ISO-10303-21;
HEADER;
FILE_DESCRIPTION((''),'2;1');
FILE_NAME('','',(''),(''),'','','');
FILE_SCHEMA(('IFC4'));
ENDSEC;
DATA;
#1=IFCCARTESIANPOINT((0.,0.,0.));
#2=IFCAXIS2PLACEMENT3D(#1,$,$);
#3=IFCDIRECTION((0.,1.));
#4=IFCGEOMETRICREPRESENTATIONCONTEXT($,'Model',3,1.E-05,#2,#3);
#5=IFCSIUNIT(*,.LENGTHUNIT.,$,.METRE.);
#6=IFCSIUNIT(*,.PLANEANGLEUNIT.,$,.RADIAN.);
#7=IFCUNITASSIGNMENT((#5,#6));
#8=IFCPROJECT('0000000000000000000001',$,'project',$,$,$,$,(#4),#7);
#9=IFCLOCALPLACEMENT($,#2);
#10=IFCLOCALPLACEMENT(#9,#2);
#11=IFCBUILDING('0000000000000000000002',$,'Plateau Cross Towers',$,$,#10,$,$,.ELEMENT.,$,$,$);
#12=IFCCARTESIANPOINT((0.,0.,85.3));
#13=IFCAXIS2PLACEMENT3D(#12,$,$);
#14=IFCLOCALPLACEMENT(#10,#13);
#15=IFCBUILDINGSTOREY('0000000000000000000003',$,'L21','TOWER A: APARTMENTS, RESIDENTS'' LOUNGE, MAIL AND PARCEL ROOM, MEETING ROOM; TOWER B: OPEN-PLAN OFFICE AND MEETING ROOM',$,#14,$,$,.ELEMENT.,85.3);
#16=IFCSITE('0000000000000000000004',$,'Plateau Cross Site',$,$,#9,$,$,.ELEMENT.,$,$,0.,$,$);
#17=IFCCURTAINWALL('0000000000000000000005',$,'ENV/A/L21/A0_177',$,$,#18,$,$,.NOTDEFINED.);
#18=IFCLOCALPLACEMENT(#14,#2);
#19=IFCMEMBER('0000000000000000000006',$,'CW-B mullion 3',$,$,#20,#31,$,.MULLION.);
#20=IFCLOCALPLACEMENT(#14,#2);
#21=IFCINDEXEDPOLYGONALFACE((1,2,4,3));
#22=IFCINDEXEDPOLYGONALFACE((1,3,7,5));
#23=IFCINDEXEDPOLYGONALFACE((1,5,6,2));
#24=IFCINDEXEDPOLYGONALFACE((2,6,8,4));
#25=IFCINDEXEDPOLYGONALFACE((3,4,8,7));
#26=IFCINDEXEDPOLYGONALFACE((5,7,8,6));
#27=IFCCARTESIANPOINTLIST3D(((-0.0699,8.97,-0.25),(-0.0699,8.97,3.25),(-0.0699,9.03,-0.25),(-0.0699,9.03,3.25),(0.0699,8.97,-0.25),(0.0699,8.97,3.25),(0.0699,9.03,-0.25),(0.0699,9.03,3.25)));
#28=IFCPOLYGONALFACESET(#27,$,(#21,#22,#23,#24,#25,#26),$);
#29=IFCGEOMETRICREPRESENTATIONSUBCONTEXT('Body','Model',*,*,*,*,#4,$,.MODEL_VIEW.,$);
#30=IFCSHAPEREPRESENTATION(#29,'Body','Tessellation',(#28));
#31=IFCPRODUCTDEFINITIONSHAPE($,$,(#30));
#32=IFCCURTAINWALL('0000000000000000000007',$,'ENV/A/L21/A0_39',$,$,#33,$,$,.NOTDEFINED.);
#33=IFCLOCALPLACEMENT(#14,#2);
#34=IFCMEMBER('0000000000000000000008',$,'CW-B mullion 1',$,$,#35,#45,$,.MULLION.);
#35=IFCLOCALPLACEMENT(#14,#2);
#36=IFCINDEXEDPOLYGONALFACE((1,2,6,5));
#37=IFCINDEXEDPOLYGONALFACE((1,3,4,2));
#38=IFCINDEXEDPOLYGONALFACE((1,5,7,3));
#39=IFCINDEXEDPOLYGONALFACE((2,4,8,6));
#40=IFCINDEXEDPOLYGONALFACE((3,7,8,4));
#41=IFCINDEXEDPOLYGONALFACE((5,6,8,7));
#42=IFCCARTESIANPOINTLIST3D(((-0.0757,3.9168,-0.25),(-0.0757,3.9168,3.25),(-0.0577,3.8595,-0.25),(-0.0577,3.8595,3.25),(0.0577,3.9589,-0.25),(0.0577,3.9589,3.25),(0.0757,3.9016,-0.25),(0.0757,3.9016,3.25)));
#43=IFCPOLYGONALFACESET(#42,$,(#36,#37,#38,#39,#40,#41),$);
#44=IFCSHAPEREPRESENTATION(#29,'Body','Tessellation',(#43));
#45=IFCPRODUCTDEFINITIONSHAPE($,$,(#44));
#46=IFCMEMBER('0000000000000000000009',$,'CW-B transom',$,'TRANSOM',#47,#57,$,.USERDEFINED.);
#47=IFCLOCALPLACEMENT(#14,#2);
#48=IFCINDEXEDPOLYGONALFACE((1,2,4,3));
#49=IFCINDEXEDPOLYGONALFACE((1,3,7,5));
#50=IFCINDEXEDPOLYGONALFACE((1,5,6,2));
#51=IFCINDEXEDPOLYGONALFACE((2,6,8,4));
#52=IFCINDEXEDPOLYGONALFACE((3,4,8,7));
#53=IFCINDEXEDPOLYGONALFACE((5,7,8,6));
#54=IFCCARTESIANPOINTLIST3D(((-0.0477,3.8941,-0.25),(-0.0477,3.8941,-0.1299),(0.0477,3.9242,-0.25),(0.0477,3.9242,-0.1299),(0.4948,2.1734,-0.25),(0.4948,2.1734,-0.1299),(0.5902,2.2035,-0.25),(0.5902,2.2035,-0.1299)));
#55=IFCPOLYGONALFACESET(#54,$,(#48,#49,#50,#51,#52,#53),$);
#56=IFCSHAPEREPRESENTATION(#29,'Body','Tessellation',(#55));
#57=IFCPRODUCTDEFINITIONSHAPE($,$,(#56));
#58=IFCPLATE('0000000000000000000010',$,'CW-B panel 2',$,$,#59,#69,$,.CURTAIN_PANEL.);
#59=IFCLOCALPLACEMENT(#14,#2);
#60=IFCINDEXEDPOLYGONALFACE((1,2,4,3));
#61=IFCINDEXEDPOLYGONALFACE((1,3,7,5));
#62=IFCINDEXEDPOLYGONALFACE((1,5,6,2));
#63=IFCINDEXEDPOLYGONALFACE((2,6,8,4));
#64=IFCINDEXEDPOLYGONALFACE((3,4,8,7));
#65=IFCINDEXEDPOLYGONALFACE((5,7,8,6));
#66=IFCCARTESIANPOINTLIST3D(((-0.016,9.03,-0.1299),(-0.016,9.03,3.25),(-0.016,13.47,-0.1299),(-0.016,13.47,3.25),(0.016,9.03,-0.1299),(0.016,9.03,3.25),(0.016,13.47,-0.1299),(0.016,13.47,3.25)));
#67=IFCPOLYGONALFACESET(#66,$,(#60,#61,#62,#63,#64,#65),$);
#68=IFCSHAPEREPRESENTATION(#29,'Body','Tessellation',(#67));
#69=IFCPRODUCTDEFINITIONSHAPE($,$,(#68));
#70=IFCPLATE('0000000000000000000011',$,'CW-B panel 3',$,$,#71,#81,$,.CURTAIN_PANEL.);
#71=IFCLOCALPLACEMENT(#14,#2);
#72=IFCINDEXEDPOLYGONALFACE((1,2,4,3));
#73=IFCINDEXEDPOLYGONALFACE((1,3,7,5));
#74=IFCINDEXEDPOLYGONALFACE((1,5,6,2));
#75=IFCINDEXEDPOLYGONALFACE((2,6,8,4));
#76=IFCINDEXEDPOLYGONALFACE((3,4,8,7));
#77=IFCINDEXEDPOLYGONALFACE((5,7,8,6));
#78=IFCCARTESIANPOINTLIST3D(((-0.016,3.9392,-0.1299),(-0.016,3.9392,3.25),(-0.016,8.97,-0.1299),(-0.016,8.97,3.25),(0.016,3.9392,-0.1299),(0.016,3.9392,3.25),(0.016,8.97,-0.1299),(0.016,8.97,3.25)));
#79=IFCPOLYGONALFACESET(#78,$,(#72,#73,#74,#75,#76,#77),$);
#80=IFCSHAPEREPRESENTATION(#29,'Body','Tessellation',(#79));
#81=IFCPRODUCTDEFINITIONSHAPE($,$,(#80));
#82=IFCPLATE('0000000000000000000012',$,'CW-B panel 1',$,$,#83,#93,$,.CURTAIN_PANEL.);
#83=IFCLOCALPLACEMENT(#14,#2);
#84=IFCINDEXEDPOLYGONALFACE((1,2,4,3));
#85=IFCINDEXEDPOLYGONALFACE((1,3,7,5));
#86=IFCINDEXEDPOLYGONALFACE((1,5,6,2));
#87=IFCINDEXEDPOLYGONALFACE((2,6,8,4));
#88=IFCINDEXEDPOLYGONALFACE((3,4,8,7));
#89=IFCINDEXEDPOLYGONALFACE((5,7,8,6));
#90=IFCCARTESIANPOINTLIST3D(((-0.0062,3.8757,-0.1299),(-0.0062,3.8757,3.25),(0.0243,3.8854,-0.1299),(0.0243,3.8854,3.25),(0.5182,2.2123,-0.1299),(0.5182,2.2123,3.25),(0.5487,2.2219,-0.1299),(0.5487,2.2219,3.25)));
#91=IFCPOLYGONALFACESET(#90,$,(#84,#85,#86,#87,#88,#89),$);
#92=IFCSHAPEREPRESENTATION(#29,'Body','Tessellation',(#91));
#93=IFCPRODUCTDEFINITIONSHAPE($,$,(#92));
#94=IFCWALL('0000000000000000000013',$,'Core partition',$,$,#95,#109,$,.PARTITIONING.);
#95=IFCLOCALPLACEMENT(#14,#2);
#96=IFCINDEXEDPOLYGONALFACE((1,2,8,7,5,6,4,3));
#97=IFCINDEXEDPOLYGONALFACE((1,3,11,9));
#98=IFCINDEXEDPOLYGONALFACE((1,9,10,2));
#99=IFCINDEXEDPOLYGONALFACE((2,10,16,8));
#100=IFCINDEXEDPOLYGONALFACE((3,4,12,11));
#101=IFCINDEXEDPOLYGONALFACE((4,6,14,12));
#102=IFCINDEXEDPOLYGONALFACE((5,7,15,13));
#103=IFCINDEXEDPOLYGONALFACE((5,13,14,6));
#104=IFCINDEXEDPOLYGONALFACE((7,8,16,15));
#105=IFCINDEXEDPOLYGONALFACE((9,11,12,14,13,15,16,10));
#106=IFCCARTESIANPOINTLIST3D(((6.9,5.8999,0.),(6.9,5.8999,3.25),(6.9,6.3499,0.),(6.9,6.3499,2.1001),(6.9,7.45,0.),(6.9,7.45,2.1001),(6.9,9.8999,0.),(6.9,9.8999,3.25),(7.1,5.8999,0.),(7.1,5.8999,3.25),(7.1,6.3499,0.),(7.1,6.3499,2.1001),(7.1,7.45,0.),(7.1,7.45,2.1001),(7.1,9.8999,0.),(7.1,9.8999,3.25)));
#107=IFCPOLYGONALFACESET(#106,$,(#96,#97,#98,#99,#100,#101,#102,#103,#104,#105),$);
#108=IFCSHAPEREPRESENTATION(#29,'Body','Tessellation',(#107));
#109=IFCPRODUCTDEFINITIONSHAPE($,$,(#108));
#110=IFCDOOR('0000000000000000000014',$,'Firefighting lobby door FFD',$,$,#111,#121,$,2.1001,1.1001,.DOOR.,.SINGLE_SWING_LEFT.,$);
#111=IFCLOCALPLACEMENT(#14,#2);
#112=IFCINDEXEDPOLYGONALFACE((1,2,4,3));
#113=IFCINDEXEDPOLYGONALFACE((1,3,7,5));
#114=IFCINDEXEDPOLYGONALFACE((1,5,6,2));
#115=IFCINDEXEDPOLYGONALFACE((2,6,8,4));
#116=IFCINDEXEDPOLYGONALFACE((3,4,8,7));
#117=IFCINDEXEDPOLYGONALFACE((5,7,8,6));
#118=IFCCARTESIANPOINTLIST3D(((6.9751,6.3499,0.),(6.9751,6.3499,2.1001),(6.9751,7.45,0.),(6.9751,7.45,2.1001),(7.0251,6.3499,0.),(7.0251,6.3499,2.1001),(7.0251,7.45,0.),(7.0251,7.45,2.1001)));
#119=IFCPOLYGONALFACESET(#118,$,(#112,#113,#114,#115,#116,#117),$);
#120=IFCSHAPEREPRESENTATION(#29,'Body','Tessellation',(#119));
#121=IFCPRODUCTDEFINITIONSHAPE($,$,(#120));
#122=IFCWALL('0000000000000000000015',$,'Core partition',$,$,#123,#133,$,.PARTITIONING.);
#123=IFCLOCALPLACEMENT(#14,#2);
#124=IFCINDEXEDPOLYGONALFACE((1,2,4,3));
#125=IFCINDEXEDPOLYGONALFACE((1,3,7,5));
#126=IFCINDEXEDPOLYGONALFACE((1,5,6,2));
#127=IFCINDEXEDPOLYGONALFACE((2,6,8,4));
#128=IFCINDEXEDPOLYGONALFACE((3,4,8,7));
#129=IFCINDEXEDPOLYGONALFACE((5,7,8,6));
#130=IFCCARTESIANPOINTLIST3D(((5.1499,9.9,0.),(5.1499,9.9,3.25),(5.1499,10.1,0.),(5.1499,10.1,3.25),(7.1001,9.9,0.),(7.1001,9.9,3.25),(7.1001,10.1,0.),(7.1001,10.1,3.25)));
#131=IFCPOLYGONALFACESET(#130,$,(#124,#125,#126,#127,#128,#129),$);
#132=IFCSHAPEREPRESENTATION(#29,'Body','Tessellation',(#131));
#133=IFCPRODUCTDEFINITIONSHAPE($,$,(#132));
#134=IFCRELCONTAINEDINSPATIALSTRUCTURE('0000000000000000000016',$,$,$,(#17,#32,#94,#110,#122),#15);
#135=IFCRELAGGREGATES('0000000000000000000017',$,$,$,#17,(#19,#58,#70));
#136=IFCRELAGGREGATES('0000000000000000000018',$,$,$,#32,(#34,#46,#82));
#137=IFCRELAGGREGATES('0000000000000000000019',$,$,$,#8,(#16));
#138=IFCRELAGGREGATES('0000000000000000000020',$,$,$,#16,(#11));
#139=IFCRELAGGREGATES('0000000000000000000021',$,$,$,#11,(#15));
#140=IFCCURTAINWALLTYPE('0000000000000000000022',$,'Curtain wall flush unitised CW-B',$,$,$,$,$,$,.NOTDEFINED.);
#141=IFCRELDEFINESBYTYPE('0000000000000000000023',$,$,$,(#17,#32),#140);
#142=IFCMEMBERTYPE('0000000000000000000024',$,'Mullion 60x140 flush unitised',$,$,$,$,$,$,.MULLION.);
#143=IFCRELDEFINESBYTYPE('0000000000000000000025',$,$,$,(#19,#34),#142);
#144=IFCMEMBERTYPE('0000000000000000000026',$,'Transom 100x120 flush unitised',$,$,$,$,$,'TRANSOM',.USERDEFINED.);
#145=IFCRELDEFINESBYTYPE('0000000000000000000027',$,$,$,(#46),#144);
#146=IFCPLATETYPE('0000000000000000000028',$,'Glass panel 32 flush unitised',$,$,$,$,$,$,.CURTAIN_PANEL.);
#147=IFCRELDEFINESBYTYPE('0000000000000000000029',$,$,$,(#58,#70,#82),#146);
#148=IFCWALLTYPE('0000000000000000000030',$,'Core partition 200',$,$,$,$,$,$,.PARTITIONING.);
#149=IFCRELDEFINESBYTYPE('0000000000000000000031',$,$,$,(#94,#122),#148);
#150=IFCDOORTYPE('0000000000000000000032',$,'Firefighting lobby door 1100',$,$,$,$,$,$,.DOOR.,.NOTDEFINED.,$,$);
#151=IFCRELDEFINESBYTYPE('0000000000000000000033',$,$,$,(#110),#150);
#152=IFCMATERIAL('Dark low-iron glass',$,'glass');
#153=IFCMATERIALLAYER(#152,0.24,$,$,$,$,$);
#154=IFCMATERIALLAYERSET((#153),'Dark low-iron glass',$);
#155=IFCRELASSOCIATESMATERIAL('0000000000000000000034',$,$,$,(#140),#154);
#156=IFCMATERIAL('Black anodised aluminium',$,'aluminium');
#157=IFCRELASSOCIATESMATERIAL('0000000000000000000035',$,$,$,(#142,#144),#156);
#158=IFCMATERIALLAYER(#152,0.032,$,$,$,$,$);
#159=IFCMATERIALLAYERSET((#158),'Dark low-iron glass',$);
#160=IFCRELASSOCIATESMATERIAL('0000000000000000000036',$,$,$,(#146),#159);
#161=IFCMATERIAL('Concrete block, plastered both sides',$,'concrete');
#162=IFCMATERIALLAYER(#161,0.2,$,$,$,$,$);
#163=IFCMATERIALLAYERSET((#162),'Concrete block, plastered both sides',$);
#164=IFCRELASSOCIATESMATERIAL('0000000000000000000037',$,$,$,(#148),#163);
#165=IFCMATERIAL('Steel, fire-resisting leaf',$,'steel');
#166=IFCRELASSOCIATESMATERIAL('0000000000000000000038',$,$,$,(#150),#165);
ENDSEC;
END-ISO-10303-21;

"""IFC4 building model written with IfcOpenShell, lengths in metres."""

from ifc_helpers import new_model, si_unit, direction, frame, frame_2d, origin, origin_2d, place, context, subcontext, project, spatial, rectangle, extrude, material, layer, layer_set, material_profile, profile_set, type_object, element, fill, aggregate, save


model = new_model("IFC4")

# Units and contexts
model_context = context("Model", 3, precision=1e-05, world=origin(), true_north=direction((0.0, 1.0)))
body_context = subcontext(model_context, "Body", "Model", "MODEL_VIEW")
ifc_project = project(units=[si_unit("LENGTHUNIT", "METRE"), si_unit("PLANEANGLEUNIT", "RADIAN")], contexts=[model_context])

# Site, building, storey
site_placement = place(None, origin())
site = spatial("IfcSite", under=ifc_project, at=site_placement, Name="Plateau Cross Site", CompositionType="ELEMENT", RefElevation=0.0)
building_placement = place(site_placement, origin())
building = spatial("IfcBuilding", under=site, at=building_placement, Name="Plateau Cross Towers", CompositionType="ELEMENT")
storey_placement = place(building_placement, frame((0.0, 0.0, 85.3)))
storey = spatial("IfcBuildingStorey", under=building, at=storey_placement, Name="L21", Description="TOWER A: APARTMENTS, RESIDENTS' LOUNGE, MAIL AND PARCEL ROOM, MEETING ROOM; TOWER B: OPEN-PLAN OFFICE AND MEETING ROOM", CompositionType="ELEMENT", Elevation=85.3)

# Curtain wall, member
ifc_material_1 = material(Name="Dark low-iron glass", Category="glass")
ifc_layer_1 = layer(ifc_material_1, 0.24)
ifc_layer_set_1 = layer_set([ifc_layer_1], Name="Dark low-iron glass")
curtain_wall_type = type_object("IfcCurtainWallType", Name="Curtain wall flush unitised CW-B", PredefinedType="NOTDEFINED", material=ifc_layer_set_1)
curtain_wall_1_placement = place(storey_placement, origin())
curtain_wall_1 = element("IfcCurtainWall", 1, at=curtain_wall_1_placement, inside=storey, type_object=curtain_wall_type, Name="ENV/A/L21/A0_177", PredefinedType="NOTDEFINED")
ifc_material_2 = material(Name="Black anodised aluminium", Category="aluminium")
ifc_material_profile_1 = material_profile(ifc_material_2, rectangle(XDim=0.0601, YDim=0.1399, at=origin_2d()), Name="MULLION 60x140")
ifc_profile_set_1 = profile_set([ifc_material_profile_1], Name="Black anodised aluminium")
member_type_1 = type_object("IfcMemberType", Name="Mullion 60x140 flush unitised", PredefinedType="MULLION", material=ifc_profile_set_1)
member_1_placement = place(storey_placement, frame((0.0, 9.0, -0.25), z_axis=(0.0, 0.0, 1.0), x_axis=(0.0, -1.0, 0.0)))
member_1 = element("IfcMember", 2, at=member_1_placement, type_object=member_type_1, Name="CW-B mullion 3", PredefinedType="MULLION", context=body_context, shape_type="SweptSolid", body=[
    extrude(rectangle(XDim=0.0601, YDim=0.1399, at=origin_2d()), origin(), (0.0, 0.0, 1.0), 3.5),
])

# Curtain wall, members
curtain_wall_2_placement = place(storey_placement, origin())
curtain_wall_2 = element("IfcCurtainWall", 3, at=curtain_wall_2_placement, inside=storey, type_object=curtain_wall_type, Name="ENV/A/L21/A0_39", PredefinedType="NOTDEFINED")
member_2_placement = place(storey_placement, frame((0.0, 3.9092, -0.25), z_axis=(0.0, 0.0, 1.0), x_axis=(0.300686, -0.953723, 0.0)))
member_2 = element("IfcMember", 4, at=member_2_placement, type_object=member_type_1, Name="CW-B mullion 1", PredefinedType="MULLION", context=body_context, shape_type="SweptSolid", body=[
    extrude(rectangle(XDim=0.0601, YDim=0.1399, at=origin_2d()), origin(), (0.0, 0.0, 1.0), 3.5),
])
ifc_material_profile_2 = material_profile(ifc_material_2, rectangle(XDim=0.1001, YDim=0.1201, at=origin_2d()), Name="TRANSOM 100x120")
ifc_profile_set_2 = profile_set([ifc_material_profile_2], Name="Black anodised aluminium")
member_type_2 = type_object("IfcMemberType", Name="Transom 100x120 flush unitised", ElementType="TRANSOM", PredefinedType="USERDEFINED", material=ifc_profile_set_2)
member_3_placement = place(storey_placement, frame((0.0, 3.9092, -0.1899), z_axis=(0.300678, -0.953726, 0.0), x_axis=(0.953726, 0.300678, 0.0)))
member_3 = element("IfcMember", 5, at=member_3_placement, type_object=member_type_2, Name="CW-B transom", ObjectType="TRANSOM", PredefinedType="USERDEFINED", context=body_context, shape_type="SweptSolid", body=[
    extrude(rectangle(XDim=0.1001, YDim=0.1201, at=origin_2d()), origin(), (0.0, 0.0, 1.0), 1.8042),
])

# Plates
ifc_layer_2 = layer(ifc_material_1, 0.032)
ifc_layer_set_2 = layer_set([ifc_layer_2], Name="Dark low-iron glass")
plate_type = type_object("IfcPlateType", Name="Glass panel 32 flush unitised", PredefinedType="CURTAIN_PANEL", material=ifc_layer_set_2)
plate_1_placement = place(storey_placement, frame((0.0, 11.25, -0.1299), z_axis=(0.0, 0.0, 1.0), x_axis=(0.0, -1.0, 0.0)))
plate_1 = element("IfcPlate", 6, at=plate_1_placement, type_object=plate_type, Name="CW-B panel 2", PredefinedType="CURTAIN_PANEL", context=body_context, shape_type="SweptSolid", body=[
    extrude(rectangle(XDim=4.4399, YDim=0.032, at=origin_2d()), origin(), (0.0, 0.0, 1.0), 3.3799),
])
plate_2_placement = place(storey_placement, frame((0.0, 6.4546, -0.1299), z_axis=(0.0, 0.0, 1.0), x_axis=(0.0, -1.0, 0.0)))
plate_2 = element("IfcPlate", 7, at=plate_2_placement, type_object=plate_type, Name="CW-B panel 3", PredefinedType="CURTAIN_PANEL", context=body_context, shape_type="SweptSolid", body=[
    extrude(rectangle(XDim=5.0308, YDim=0.032, at=origin_2d()), origin(), (0.0, 0.0, 1.0), 3.3799),
])
aggregate(curtain_wall_1, [member_1, plate_1, plate_2])
plate_3_placement = place(storey_placement, frame((0.2712, 3.0488, -0.1299), z_axis=(0.0, 0.0, 1.0), x_axis=(0.300686, -0.953723, 0.0)))
plate_3 = element("IfcPlate", 8, at=plate_3_placement, type_object=plate_type, Name="CW-B panel 1", PredefinedType="CURTAIN_PANEL", context=body_context, shape_type="SweptSolid", body=[
    extrude(rectangle(XDim=1.7441, YDim=0.032, at=origin_2d()), origin(), (0.0, 0.0, 1.0), 3.3799),
])
aggregate(curtain_wall_2, [member_2, member_3, plate_3])

# Wall, opening, door
ifc_material_3 = material(Name="Concrete block, plastered both sides", Category="concrete")
ifc_layer_3 = layer(ifc_material_3, 0.2)
ifc_layer_set_3 = layer_set([ifc_layer_3], Name="Concrete block, plastered both sides")
wall_type_1 = type_object("IfcWallType", Name="Core partition 200", PredefinedType="PARTITIONING", material=ifc_layer_set_3)
wall_1_placement = place(storey_placement, frame((7.0, 5.8999, 0.0), z_axis=(0.0, 0.0, 1.0), x_axis=(0.0, 1.0, 0.0)))
wall_1 = element("IfcWall", 9, at=wall_1_placement, inside=storey, type_object=wall_type_1, Name="Core partition", PredefinedType="PARTITIONING", context=body_context, shape_type="SweptSolid", body=[
    extrude(rectangle(XDim=4.0, YDim=0.2, at=frame_2d((2.0, 0.0))), origin(), (0.0, 0.0, 1.0), 3.25),
])
opening_1_placement = place(wall_1_placement, frame((0.45, 0.0, 0.0)))
opening_1 = element("IfcOpeningElement", 10, at=opening_1_placement, cuts=wall_1, PredefinedType="OPENING", context=body_context, shape_type="SweptSolid", body=[
    extrude(rectangle(XDim=1.1001, YDim=2.1001, at=frame_2d((0.55, 1.05))), frame((0.0, 0.1099, 0.0), z_axis=(0.0, -1.0, 0.0), x_axis=(1.0, 0.0, 0.0)), (0.0, 0.0, 1.0), 0.22),
])
ifc_material_4 = material(Name="Steel, fire-resisting leaf", Category="steel")
door_type_1 = type_object("IfcDoorType", Name="Firefighting lobby door 1100", OperationType="NOTDEFINED", PredefinedType="DOOR", material=ifc_material_4)
door_1_placement = place(opening_1_placement, origin())
door_1 = element("IfcDoor", 11, at=door_1_placement, inside=storey, type_object=door_type_1, Name="Firefighting lobby door FFD", OperationType="SINGLE_SWING_LEFT", OverallHeight=2.1001, OverallWidth=1.1001, PredefinedType="DOOR", context=body_context, shape_type="SweptSolid", body=[
    extrude(rectangle(XDim=1.1001, YDim=2.1001, at=frame_2d((0.55, 1.05))), frame((0.0, 0.0249, 0.0), z_axis=(0.0, -1.0, 0.0), x_axis=(1.0, 0.0, 0.0)), (0.0, 0.0, 1.0), 0.05),
])
fill(opening_1, door_1)

# Wall
wall_2_placement = place(storey_placement, frame((5.1499, 10.0, 0.0), z_axis=(0.0, 0.0, 1.0), x_axis=(1.0, 0.0, 0.0)))
element("IfcWall", 12, at=wall_2_placement, inside=storey, type_object=wall_type_1, Name="Core partition", PredefinedType="PARTITIONING", context=body_context, shape_type="SweptSolid", body=[
    extrude(rectangle(XDim=1.9502, YDim=0.2, at=frame_2d((0.9751, 0.0))), origin(), (0.0, 0.0, 1.0), 3.25),
])

save(model, "model.ifc")
